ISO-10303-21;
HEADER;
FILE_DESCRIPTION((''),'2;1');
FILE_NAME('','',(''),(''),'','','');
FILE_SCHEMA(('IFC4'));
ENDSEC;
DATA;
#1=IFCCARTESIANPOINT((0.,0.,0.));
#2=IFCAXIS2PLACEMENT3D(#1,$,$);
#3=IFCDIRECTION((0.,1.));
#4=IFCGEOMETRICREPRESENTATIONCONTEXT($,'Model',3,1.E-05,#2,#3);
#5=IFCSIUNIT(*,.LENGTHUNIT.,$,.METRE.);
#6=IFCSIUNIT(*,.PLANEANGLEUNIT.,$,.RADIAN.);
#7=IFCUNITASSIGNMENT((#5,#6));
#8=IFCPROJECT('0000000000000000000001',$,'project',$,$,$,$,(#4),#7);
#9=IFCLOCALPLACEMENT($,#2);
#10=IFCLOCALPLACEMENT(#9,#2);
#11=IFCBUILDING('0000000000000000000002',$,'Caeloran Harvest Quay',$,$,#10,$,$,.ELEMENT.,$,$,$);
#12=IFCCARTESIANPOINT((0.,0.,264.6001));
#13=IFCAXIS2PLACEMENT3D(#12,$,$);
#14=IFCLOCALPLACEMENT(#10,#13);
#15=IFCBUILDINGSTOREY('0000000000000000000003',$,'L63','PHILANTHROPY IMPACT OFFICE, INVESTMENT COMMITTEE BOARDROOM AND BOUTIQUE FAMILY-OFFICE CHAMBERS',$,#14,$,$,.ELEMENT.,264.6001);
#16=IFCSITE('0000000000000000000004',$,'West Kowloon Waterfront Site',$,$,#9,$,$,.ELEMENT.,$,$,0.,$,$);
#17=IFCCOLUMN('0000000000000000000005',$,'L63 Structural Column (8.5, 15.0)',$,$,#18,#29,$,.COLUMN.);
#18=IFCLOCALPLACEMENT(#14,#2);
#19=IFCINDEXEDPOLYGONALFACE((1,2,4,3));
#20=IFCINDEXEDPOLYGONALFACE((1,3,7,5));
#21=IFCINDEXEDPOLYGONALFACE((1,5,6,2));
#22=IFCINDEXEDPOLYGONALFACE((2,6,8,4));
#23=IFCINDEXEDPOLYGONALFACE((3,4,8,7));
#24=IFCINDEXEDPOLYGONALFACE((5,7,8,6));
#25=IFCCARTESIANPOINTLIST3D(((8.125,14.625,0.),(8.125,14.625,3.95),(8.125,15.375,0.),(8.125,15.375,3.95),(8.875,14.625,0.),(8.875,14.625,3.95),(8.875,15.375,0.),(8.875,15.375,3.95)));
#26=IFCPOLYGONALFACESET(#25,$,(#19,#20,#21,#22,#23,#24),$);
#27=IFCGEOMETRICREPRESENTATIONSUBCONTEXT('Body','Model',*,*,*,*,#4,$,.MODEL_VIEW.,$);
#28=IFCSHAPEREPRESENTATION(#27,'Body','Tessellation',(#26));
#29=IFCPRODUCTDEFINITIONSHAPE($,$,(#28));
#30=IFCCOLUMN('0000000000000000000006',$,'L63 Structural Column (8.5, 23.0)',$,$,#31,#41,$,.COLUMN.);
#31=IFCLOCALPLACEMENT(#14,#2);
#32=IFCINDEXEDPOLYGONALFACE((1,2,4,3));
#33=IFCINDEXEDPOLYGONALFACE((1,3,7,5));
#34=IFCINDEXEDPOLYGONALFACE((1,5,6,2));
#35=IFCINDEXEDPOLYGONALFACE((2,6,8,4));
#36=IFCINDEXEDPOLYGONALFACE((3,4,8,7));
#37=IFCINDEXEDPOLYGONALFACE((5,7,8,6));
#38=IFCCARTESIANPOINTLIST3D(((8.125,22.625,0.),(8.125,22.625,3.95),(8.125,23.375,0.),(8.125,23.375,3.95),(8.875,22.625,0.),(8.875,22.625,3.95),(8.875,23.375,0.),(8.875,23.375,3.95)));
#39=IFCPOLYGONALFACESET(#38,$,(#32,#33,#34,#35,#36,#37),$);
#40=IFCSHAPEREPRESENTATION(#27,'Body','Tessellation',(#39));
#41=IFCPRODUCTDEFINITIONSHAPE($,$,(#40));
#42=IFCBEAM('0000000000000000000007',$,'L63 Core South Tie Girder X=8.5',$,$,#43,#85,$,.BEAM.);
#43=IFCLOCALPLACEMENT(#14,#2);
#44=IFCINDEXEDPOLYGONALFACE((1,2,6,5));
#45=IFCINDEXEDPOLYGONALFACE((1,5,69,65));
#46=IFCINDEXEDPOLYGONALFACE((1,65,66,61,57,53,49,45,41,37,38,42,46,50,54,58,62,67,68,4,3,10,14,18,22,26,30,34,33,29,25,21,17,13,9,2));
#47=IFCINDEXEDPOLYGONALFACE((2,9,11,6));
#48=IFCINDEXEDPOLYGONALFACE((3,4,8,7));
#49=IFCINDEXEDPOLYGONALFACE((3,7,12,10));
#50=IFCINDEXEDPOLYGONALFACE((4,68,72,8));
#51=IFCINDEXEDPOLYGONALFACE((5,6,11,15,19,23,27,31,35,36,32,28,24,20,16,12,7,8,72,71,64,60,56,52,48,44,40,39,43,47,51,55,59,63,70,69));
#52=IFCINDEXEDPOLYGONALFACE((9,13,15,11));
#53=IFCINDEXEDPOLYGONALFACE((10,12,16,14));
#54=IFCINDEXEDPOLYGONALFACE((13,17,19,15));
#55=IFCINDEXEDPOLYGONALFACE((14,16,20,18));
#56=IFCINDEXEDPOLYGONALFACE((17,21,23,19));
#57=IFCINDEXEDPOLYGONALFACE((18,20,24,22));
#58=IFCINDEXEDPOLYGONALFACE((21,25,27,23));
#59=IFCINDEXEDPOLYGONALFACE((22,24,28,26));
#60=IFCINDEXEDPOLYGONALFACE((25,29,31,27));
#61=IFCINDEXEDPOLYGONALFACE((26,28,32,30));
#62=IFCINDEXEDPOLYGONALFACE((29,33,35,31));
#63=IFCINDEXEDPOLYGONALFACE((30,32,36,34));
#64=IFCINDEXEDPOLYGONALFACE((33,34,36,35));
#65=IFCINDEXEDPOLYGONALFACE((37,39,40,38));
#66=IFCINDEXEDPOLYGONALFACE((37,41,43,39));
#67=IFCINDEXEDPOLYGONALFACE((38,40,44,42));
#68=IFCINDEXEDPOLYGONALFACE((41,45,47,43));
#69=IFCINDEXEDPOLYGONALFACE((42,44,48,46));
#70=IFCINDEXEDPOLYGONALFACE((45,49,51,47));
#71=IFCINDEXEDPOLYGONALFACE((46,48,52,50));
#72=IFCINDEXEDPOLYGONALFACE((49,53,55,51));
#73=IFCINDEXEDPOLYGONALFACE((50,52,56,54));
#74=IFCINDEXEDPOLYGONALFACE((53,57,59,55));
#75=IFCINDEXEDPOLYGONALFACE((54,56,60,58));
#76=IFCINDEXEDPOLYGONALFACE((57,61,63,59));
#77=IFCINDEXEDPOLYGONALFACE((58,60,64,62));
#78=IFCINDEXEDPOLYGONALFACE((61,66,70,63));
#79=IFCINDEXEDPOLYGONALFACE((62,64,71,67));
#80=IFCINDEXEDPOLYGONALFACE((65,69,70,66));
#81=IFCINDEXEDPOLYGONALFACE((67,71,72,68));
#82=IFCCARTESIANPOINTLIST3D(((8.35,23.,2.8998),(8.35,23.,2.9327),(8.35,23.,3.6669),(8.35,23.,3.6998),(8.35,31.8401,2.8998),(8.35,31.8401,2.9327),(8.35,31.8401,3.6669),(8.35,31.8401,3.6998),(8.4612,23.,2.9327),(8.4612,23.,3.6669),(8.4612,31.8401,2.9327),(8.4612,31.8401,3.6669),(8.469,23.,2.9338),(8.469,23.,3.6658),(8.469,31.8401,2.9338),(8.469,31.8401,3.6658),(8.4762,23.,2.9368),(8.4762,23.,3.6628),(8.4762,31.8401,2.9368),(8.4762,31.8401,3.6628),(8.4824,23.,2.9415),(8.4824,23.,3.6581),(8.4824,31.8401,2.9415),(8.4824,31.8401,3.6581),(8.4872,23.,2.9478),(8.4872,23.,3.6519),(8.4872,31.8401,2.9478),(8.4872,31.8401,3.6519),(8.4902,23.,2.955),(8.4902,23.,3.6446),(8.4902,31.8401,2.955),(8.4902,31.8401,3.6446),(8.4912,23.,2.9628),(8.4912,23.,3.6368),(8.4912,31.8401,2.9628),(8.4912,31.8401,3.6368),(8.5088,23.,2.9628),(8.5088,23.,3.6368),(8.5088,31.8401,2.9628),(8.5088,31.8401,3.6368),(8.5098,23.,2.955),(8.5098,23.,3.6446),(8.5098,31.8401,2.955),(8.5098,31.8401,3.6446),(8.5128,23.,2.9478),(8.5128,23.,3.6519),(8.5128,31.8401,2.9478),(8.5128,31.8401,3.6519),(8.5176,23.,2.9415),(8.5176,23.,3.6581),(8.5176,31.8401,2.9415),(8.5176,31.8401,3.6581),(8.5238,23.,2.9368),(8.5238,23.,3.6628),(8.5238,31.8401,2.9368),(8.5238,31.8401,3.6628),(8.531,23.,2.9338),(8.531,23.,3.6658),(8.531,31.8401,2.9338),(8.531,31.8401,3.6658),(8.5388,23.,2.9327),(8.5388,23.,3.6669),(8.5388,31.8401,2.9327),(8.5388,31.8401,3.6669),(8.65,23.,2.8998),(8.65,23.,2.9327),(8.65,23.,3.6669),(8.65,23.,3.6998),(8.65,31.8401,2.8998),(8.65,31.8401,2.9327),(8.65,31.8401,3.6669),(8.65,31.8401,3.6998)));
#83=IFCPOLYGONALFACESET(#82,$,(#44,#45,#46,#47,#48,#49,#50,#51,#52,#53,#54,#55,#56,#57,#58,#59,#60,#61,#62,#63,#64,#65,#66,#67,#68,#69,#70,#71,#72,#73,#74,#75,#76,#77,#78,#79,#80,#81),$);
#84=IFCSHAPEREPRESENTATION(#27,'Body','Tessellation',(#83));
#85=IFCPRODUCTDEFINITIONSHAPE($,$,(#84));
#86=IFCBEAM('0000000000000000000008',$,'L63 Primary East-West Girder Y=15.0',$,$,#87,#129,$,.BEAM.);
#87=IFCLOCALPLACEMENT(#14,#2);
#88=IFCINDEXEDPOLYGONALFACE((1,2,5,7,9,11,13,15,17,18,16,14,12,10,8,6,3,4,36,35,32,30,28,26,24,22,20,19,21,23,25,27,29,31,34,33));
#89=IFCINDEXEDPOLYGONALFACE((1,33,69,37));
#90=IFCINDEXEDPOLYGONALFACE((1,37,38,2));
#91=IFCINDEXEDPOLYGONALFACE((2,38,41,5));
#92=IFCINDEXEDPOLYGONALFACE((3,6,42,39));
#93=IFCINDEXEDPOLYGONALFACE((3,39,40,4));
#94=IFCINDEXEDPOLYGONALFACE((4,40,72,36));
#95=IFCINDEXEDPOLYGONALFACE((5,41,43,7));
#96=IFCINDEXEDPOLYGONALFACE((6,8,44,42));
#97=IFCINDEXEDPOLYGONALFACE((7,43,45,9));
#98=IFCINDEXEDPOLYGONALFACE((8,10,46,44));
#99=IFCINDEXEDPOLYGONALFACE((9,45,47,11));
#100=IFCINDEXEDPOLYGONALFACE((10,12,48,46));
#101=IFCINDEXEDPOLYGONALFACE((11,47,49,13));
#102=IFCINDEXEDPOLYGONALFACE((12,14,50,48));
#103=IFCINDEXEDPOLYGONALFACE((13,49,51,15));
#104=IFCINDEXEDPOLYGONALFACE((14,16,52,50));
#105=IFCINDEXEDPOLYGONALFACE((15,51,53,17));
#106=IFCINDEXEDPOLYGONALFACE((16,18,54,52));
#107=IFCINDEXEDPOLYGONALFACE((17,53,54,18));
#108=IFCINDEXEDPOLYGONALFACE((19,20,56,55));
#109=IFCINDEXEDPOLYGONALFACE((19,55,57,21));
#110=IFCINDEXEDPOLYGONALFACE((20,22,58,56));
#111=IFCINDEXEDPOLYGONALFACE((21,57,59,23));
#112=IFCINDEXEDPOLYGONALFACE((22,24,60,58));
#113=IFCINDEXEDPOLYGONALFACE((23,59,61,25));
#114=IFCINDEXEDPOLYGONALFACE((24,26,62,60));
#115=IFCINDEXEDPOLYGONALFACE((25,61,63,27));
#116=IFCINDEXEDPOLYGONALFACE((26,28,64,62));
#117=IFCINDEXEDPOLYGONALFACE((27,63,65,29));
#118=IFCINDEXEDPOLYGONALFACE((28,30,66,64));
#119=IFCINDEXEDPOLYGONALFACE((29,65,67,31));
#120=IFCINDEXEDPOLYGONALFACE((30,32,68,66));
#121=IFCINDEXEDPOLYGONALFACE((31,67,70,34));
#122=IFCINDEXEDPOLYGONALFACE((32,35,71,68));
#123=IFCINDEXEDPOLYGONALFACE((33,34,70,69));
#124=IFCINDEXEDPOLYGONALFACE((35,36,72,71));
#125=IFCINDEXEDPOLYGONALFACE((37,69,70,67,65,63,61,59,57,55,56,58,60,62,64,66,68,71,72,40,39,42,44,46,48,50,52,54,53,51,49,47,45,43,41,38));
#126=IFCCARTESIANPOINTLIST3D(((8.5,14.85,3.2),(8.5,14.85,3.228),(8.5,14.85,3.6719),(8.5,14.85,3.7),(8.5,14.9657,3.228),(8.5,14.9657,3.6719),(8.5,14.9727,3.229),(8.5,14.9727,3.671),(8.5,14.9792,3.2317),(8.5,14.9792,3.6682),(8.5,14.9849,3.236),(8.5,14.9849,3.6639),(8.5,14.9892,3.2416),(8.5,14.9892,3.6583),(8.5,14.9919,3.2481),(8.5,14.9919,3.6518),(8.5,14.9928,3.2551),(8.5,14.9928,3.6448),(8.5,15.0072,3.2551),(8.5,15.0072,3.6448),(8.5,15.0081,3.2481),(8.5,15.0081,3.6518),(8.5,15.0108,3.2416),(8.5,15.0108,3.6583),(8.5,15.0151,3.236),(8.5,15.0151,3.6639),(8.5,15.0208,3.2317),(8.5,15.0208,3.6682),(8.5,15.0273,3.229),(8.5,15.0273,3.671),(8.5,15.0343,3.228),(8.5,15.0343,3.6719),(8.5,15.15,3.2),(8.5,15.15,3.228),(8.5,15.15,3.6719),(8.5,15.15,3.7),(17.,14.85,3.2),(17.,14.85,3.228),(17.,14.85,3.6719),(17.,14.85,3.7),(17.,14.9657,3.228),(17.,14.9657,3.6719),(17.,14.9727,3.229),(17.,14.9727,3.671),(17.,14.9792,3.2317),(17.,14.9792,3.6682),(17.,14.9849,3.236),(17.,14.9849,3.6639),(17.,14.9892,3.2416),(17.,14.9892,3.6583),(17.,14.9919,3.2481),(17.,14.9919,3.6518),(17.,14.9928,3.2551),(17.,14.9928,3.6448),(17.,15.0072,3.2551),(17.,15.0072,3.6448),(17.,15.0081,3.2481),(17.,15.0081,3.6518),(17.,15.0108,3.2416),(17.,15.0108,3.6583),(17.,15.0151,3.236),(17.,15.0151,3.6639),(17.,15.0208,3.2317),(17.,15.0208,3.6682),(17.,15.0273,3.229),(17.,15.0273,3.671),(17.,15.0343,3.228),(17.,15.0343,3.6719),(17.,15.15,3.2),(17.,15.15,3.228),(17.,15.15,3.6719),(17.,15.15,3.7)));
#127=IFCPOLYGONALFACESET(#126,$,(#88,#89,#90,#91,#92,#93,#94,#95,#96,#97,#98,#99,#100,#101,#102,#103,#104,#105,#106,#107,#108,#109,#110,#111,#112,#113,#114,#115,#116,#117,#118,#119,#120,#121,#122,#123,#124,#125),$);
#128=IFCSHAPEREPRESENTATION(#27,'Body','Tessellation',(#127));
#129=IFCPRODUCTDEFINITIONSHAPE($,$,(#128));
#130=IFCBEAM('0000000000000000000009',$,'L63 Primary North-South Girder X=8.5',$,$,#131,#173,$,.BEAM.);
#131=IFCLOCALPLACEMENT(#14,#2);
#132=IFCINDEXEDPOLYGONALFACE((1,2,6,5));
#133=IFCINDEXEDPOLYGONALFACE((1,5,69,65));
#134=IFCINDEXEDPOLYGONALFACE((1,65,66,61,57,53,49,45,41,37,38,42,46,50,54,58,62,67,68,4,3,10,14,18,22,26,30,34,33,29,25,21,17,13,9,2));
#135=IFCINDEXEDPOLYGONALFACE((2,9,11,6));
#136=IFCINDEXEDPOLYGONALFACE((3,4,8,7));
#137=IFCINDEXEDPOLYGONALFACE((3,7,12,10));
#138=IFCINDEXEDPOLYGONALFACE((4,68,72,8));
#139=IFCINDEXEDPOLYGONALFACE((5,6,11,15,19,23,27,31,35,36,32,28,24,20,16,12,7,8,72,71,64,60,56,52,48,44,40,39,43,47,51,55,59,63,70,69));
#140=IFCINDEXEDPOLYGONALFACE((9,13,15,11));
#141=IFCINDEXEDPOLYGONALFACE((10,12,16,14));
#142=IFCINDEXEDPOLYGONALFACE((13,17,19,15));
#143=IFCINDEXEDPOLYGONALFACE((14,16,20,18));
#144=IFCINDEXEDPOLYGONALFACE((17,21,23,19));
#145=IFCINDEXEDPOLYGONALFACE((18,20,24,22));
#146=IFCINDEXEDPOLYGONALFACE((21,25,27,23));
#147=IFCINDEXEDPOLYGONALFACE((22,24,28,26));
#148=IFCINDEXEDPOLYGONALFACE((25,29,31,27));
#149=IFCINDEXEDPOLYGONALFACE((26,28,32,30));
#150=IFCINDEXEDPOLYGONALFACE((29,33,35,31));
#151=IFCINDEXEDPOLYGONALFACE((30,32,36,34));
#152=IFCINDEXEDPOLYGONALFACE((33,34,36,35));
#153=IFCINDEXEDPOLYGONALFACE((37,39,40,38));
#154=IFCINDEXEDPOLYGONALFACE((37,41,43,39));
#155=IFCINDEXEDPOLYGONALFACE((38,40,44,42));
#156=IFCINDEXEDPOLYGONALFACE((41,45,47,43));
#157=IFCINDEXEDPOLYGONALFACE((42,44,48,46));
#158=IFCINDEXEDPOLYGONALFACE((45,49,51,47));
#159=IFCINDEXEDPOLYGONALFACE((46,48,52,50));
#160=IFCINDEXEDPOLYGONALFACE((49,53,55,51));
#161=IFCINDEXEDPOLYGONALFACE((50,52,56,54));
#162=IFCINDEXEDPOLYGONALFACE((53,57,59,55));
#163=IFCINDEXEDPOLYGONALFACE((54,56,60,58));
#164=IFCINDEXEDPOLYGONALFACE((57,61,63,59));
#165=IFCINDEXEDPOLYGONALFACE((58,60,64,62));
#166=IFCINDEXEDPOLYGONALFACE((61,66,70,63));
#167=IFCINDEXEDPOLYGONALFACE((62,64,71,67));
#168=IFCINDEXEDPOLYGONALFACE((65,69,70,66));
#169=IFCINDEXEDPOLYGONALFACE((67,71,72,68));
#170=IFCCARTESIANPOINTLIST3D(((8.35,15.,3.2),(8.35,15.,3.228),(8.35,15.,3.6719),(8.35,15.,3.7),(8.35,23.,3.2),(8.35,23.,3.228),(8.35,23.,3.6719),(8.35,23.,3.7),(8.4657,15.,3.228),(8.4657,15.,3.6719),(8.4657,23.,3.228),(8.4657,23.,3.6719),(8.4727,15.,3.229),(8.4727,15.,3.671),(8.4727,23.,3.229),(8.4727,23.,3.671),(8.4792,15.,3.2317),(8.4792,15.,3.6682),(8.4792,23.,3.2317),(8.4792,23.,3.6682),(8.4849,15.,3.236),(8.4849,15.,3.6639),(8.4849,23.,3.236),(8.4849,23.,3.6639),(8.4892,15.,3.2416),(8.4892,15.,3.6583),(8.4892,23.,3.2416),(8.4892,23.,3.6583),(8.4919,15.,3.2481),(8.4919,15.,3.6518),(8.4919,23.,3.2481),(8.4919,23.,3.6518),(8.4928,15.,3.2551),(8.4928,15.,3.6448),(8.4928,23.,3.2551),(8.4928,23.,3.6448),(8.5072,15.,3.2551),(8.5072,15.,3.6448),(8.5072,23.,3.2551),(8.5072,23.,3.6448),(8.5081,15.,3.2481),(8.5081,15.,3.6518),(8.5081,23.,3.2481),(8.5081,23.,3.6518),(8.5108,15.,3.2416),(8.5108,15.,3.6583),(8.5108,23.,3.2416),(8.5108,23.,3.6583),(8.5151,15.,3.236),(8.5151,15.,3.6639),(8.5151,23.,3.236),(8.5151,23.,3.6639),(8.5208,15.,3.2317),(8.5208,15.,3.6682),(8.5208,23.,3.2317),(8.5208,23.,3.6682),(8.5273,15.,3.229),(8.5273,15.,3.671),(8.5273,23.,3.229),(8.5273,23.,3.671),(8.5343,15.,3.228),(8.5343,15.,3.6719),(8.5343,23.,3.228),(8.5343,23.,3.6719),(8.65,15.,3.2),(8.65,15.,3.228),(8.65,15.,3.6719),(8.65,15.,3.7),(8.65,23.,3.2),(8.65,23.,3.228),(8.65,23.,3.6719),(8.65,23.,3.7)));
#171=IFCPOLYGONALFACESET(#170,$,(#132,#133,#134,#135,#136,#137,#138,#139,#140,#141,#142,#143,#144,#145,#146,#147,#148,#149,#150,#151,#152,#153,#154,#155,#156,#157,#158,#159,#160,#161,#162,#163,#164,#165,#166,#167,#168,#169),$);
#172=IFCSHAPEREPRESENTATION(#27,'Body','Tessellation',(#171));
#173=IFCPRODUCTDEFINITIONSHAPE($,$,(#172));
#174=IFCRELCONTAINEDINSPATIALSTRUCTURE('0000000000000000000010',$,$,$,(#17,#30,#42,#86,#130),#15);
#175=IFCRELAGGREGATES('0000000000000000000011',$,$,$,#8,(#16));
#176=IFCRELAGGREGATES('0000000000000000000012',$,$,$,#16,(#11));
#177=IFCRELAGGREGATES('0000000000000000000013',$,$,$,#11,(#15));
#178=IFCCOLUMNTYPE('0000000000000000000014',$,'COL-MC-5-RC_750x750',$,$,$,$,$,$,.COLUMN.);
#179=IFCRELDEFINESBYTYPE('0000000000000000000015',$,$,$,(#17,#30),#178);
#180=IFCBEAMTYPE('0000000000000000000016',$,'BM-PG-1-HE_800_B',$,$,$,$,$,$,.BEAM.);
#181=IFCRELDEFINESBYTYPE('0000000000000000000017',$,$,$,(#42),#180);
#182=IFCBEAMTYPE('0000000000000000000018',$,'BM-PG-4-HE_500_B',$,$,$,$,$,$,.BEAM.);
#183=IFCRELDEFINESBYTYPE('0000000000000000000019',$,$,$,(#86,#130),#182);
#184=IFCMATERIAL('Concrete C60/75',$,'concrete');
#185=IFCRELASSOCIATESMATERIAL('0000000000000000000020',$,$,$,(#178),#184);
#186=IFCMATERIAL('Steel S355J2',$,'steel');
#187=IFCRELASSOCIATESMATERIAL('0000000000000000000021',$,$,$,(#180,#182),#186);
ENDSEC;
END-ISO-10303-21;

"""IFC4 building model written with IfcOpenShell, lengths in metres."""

from ifc_helpers import new_model, si_unit, direction, frame, origin, origin_2d, place, context, subcontext, project, spatial, rectangle, i_section, extrude, material, material_profile, profile_set, type_object, element, save


model = new_model("IFC4")

# Units and contexts
model_context = context("Model", 3, precision=1e-05, world=origin(), true_north=direction((0.0, 1.0)))
body_context = subcontext(model_context, "Body", "Model", "MODEL_VIEW")
ifc_project = project(units=[si_unit("LENGTHUNIT", "METRE"), si_unit("PLANEANGLEUNIT", "RADIAN")], contexts=[model_context])

# Site, building, storey
site_placement = place(None, origin())
site = spatial("IfcSite", under=ifc_project, at=site_placement, Name="West Kowloon Waterfront Site", CompositionType="ELEMENT", RefElevation=0.0)
building_placement = place(site_placement, origin())
building = spatial("IfcBuilding", under=site, at=building_placement, Name="Caeloran Harvest Quay", CompositionType="ELEMENT")
storey_placement = place(building_placement, frame((0.0, 0.0, 264.6001)))
storey = spatial("IfcBuildingStorey", under=building, at=storey_placement, Name="L63", Description="PHILANTHROPY IMPACT OFFICE, INVESTMENT COMMITTEE BOARDROOM AND BOUTIQUE FAMILY-OFFICE CHAMBERS", CompositionType="ELEMENT", Elevation=264.6001)

# Columns
ifc_material_1 = material(Name="Concrete C60/75", Category="concrete")
ifc_material_profile_1 = material_profile(ifc_material_1, rectangle(XDim=0.75, YDim=0.75, at=origin_2d()), Name="RC 750x750")
ifc_profile_set_1 = profile_set([ifc_material_profile_1], Name="Concrete C60/75")
column_type = type_object("IfcColumnType", Name="COL-MC-5-RC_750x750", PredefinedType="COLUMN", material=ifc_profile_set_1)
for number, where, z_axis, x_axis, name in (
    (1, (8.5, 15.0, 0.0), (0.0, 0.0, 1.0), (1.0, 0.0, 0.0), "L63 Structural Column (8.5, 15.0)"),
    (2, (8.5, 23.0, 0.0), (0.0, 0.0, 1.0), (1.0, 0.0, 0.0), "L63 Structural Column (8.5, 23.0)"),
):
    element("IfcColumn", number, at=place(storey_placement, frame(where, z_axis=z_axis, x_axis=x_axis)), inside=storey, type_object=column_type, Name=name, PredefinedType="COLUMN", context=body_context, shape_type="SweptSolid", body=[
        extrude(rectangle(XDim=0.75, YDim=0.75, at=origin_2d()), origin(), (0.0, 0.0, 1.0), 3.95),
    ])

# Beams
ifc_material_2 = material(Name="Steel S355J2", Category="steel")
ifc_material_profile_2 = material_profile(ifc_material_2, i_section(OverallWidth=0.3, OverallDepth=0.8, WebThickness=0.0176, FlangeThickness=0.033, FilletRadius=0.03, at=origin_2d()), Name="HE 800 B")
ifc_profile_set_2 = profile_set([ifc_material_profile_2], Name="Steel S355J2")
beam_type_1 = type_object("IfcBeamType", Name="BM-PG-1-HE_800_B", PredefinedType="BEAM", material=ifc_profile_set_2)
beam_1_placement = place(storey_placement, frame((8.5, 23.0, 3.2998), z_axis=(0.0, 1.0, 0.0), x_axis=(-1.0, 0.0, 0.0)))
element("IfcBeam", 3, at=beam_1_placement, inside=storey, type_object=beam_type_1, Name="L63 Core South Tie Girder X=8.5", PredefinedType="BEAM", context=body_context, shape_type="SweptSolid", body=[
    extrude(i_section(OverallWidth=0.3, OverallDepth=0.8, WebThickness=0.0176, FlangeThickness=0.033, FilletRadius=0.03, at=origin_2d()), origin(), (0.0, 0.0, 1.0), 8.8401),
])
ifc_material_profile_3 = material_profile(ifc_material_2, i_section(OverallWidth=0.3, OverallDepth=0.5, WebThickness=0.0144, FlangeThickness=0.0281, FilletRadius=0.0271, at=origin_2d()), Name="HE 500 B")
ifc_profile_set_3 = profile_set([ifc_material_profile_3], Name="Steel S355J2")
beam_type_2 = type_object("IfcBeamType", Name="BM-PG-4-HE_500_B", PredefinedType="BEAM", material=ifc_profile_set_3)
beam_2_placement = place(storey_placement, frame((8.5, 15.0, 3.45), z_axis=(1.0, 0.0, 0.0), x_axis=(0.0, 1.0, 0.0)))
element("IfcBeam", 4, at=beam_2_placement, inside=storey, type_object=beam_type_2, Name="L63 Primary East-West Girder Y=15.0", PredefinedType="BEAM", context=body_context, shape_type="SweptSolid", body=[
    extrude(i_section(OverallWidth=0.3, OverallDepth=0.5, WebThickness=0.0144, FlangeThickness=0.0281, FilletRadius=0.0271, at=origin_2d()), origin(), (0.0, 0.0, 1.0), 8.5),
])
beam_3_placement = place(storey_placement, frame((8.5, 15.0, 3.45), z_axis=(0.0, 1.0, 0.0), x_axis=(-1.0, 0.0, 0.0)))
element("IfcBeam", 5, at=beam_3_placement, inside=storey, type_object=beam_type_2, Name="L63 Primary North-South Girder X=8.5", PredefinedType="BEAM", context=body_context, shape_type="SweptSolid", body=[
    extrude(i_section(OverallWidth=0.3, OverallDepth=0.5, WebThickness=0.0144, FlangeThickness=0.0281, FilletRadius=0.0271, at=origin_2d()), origin(), (0.0, 0.0, 1.0), 8.0),
])

save(model, "model.ifc")
